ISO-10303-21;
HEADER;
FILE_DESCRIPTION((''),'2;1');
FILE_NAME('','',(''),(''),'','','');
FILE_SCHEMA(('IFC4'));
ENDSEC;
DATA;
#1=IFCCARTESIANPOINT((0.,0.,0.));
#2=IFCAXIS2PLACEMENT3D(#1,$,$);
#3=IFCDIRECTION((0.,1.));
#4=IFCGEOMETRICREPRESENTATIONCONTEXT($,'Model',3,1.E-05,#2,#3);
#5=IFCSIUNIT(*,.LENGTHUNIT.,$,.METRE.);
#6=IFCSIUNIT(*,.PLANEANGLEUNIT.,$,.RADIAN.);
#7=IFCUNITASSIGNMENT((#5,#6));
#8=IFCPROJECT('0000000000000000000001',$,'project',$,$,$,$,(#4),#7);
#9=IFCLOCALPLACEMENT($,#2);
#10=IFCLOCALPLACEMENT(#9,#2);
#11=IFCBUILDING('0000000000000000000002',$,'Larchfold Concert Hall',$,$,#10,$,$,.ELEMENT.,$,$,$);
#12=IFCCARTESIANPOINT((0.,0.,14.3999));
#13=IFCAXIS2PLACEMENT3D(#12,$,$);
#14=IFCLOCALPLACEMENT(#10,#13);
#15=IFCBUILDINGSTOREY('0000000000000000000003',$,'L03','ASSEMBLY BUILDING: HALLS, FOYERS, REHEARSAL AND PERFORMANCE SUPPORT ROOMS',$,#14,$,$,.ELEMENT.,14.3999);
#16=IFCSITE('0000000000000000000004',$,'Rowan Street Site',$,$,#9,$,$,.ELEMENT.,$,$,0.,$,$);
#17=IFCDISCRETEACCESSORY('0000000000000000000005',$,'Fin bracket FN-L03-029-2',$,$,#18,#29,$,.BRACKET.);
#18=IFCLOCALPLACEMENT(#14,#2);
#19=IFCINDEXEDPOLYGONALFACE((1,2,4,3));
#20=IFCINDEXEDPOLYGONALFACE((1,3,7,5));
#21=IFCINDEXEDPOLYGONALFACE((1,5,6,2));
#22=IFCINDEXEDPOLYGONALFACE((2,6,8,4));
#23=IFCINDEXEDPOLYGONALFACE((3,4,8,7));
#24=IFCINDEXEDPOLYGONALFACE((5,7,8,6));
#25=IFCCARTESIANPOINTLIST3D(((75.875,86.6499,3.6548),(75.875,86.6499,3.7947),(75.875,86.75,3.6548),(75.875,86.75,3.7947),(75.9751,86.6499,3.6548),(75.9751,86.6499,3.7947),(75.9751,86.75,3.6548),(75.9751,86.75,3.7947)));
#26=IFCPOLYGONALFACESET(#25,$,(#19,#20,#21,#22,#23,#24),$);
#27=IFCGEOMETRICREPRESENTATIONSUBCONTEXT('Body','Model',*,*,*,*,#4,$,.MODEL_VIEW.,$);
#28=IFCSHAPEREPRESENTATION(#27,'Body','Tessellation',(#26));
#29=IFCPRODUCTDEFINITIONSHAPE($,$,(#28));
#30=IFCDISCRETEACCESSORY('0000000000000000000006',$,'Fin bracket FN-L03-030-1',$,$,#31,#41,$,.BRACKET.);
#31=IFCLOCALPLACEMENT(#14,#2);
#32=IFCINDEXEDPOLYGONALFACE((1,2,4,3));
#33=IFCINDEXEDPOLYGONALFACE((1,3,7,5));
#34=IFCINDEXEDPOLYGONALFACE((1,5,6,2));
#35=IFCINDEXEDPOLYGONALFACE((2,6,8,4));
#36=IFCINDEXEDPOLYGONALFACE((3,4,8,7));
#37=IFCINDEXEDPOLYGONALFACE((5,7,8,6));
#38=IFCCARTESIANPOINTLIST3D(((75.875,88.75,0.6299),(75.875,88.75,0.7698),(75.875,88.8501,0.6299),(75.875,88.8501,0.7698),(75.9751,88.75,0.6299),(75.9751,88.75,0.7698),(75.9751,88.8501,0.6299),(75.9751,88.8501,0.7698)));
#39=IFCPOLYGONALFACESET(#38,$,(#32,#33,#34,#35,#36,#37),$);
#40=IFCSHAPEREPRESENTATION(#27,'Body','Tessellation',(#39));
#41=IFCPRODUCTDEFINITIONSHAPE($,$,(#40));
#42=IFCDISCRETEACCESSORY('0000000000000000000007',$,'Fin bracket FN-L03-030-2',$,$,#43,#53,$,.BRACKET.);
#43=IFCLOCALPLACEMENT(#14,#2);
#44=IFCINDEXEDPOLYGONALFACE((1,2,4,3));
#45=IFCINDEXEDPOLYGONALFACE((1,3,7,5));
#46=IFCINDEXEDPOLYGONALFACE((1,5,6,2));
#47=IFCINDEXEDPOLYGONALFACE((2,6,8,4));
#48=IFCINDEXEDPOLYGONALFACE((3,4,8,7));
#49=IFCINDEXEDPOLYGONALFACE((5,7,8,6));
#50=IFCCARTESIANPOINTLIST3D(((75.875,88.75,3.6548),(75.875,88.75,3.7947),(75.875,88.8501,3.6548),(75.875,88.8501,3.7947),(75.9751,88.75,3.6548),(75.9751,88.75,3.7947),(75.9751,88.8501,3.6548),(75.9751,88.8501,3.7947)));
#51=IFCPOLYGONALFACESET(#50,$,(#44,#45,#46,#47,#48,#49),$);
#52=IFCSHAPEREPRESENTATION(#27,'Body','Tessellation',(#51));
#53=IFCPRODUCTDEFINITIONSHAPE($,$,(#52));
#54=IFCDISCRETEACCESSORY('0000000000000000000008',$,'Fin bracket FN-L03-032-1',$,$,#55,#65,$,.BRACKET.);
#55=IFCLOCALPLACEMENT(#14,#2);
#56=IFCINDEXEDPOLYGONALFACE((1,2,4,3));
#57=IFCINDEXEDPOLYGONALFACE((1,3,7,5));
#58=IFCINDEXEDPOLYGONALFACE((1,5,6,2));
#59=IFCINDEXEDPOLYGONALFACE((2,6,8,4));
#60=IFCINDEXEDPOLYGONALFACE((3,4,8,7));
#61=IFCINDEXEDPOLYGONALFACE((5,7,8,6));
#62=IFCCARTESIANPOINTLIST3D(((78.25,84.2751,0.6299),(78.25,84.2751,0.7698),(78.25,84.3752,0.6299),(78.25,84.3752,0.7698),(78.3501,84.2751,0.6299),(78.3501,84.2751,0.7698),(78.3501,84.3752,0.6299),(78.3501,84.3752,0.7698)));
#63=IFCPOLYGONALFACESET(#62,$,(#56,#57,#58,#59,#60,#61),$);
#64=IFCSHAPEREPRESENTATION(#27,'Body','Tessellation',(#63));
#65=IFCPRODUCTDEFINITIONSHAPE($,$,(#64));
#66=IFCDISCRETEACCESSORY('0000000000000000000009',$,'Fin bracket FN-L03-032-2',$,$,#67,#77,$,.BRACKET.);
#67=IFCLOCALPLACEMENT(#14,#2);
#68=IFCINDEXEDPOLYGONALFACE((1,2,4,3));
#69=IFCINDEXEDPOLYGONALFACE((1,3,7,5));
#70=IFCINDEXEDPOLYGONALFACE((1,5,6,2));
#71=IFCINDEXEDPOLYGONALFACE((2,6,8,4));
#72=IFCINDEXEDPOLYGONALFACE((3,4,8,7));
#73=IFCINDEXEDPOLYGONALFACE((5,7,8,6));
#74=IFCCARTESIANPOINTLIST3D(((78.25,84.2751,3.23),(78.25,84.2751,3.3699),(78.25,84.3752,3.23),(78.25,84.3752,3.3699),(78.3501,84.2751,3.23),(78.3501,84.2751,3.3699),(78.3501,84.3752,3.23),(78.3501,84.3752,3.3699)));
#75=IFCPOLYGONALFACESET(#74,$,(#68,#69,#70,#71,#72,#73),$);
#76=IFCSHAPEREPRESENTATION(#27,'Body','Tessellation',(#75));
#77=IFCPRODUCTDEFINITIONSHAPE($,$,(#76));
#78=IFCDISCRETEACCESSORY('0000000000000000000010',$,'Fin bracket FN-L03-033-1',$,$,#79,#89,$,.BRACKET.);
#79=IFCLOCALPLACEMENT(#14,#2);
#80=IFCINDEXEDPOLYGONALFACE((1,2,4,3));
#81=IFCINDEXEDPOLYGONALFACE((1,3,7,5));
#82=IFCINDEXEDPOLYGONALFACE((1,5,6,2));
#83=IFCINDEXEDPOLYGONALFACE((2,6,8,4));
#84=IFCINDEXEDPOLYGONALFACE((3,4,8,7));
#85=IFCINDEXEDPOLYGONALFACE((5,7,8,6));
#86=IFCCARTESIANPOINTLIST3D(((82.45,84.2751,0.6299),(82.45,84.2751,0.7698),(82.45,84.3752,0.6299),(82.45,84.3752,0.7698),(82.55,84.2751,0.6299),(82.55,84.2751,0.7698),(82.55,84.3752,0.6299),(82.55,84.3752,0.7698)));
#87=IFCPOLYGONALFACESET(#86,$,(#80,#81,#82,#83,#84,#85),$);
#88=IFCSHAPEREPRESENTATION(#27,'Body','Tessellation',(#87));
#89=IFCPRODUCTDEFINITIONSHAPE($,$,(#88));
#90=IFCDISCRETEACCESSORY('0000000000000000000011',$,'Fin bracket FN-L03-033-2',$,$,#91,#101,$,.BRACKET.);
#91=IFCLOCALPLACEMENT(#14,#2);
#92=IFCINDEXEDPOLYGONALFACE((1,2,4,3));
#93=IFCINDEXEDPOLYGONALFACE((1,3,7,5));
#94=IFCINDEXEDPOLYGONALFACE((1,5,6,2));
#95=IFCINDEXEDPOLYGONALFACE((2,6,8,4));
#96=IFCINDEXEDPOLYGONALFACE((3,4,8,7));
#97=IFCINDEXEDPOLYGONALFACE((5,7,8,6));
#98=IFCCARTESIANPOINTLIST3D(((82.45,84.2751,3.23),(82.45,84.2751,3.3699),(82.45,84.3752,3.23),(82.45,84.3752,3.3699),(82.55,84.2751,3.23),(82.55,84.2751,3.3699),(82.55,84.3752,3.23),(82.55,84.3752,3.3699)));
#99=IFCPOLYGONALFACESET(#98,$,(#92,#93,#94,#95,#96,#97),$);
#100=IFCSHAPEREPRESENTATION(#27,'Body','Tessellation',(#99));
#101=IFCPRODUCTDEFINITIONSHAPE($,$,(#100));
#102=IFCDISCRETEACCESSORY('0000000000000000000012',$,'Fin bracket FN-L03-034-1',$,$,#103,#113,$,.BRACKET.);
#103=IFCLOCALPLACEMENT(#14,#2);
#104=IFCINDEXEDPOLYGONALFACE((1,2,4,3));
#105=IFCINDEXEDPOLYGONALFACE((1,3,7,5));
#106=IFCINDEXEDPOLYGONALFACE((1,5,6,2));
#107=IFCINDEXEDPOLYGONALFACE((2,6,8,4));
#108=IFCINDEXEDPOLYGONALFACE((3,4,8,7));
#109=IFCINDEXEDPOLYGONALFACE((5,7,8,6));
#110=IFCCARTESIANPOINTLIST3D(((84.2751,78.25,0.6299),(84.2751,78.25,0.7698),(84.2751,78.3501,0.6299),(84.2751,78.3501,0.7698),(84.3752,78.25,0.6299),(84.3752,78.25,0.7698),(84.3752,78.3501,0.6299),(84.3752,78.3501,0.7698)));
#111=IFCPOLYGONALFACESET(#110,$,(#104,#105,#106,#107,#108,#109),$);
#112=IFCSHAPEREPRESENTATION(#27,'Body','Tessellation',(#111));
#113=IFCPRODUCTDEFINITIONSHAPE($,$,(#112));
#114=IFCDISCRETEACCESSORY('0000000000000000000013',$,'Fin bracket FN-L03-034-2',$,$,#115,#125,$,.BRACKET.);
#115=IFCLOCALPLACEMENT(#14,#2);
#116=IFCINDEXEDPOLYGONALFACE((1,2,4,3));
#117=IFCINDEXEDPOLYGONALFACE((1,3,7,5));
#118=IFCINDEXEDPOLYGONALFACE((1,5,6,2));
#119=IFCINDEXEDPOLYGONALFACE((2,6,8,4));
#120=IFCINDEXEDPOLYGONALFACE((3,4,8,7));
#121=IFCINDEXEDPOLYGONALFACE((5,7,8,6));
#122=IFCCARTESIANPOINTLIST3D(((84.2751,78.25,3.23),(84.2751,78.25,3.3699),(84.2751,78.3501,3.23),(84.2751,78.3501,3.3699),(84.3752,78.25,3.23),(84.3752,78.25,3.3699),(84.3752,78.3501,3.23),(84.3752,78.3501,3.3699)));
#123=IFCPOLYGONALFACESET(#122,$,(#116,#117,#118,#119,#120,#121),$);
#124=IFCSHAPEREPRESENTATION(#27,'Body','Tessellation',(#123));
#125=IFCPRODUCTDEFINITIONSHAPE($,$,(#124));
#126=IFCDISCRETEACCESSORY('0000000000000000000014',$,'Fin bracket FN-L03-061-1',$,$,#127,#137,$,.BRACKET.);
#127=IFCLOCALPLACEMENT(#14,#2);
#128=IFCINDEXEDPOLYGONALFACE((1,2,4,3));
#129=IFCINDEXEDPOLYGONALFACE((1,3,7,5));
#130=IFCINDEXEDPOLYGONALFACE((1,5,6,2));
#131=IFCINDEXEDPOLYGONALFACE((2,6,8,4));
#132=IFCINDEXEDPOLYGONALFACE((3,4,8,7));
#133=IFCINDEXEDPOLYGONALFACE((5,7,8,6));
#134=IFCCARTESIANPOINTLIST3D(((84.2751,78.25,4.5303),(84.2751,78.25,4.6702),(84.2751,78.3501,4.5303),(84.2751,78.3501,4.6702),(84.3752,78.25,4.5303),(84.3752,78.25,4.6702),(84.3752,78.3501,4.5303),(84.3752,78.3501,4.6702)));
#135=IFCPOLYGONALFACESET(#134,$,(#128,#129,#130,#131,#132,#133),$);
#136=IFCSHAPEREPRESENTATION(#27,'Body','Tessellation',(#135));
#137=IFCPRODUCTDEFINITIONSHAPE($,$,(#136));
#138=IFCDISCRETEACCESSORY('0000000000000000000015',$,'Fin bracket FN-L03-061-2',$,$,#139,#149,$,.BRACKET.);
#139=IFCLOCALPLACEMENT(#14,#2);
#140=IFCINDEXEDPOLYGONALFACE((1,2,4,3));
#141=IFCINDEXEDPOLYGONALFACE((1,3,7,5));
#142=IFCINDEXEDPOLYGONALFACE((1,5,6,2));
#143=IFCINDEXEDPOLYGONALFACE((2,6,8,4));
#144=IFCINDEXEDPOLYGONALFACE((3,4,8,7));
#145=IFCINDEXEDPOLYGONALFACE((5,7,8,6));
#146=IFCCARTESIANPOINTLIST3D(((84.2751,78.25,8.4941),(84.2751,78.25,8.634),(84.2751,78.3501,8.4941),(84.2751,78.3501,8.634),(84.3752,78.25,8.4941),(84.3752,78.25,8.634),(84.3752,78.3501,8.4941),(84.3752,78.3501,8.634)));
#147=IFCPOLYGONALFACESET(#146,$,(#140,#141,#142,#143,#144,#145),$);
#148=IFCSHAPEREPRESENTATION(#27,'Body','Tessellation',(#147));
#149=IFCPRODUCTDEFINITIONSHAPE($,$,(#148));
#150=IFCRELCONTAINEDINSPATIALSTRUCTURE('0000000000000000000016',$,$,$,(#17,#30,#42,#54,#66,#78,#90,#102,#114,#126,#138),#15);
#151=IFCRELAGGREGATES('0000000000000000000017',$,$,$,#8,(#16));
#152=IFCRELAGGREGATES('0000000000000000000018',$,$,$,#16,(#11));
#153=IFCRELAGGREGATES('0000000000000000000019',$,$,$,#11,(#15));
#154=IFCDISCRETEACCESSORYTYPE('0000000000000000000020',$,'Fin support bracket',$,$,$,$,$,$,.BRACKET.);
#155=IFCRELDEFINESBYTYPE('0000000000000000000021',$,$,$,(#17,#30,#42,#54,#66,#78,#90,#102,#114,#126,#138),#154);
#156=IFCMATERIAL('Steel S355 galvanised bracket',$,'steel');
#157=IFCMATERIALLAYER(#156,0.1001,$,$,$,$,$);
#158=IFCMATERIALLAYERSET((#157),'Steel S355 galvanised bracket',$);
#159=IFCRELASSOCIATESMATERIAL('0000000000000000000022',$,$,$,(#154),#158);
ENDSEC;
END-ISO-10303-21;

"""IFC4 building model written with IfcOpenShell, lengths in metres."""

from ifc_helpers import new_model, si_unit, direction, frame, origin, origin_2d, place, context, subcontext, project, spatial, rectangle, extrude, material, layer, layer_set, type_object, element, save


model = new_model("IFC4")

# Units and contexts
model_context = context("Model", 3, precision=1e-05, world=origin(), true_north=direction((0.0, 1.0)))
body_context = subcontext(model_context, "Body", "Model", "MODEL_VIEW")
ifc_project = project(units=[si_unit("LENGTHUNIT", "METRE"), si_unit("PLANEANGLEUNIT", "RADIAN")], contexts=[model_context])

# Site, building, storey
site_placement = place(None, origin())
site = spatial("IfcSite", under=ifc_project, at=site_placement, Name="Rowan Street Site", CompositionType="ELEMENT", RefElevation=0.0)
building_placement = place(site_placement, origin())
building = spatial("IfcBuilding", under=site, at=building_placement, Name="Larchfold Concert Hall", CompositionType="ELEMENT")
storey_placement = place(building_placement, frame((0.0, 0.0, 14.3999)))
storey = spatial("IfcBuildingStorey", under=building, at=storey_placement, Name="L03", Description="ASSEMBLY BUILDING: HALLS, FOYERS, REHEARSAL AND PERFORMANCE SUPPORT ROOMS", CompositionType="ELEMENT", Elevation=14.3999)

# Discrete accessories
ifc_material_1 = material(Name="Steel S355 galvanised bracket", Category="steel")
ifc_layer_1 = layer(ifc_material_1, 0.1001)
ifc_layer_set_1 = layer_set([ifc_layer_1], Name="Steel S355 galvanised bracket")
discrete_accessory_type = type_object("IfcDiscreteAccessoryType", Name="Fin support bracket", PredefinedType="BRACKET", material=ifc_layer_set_1)
for number, where, z_axis, x_axis, name in (
    (1, (75.925, 86.7, 3.6548), (0.0, 0.0, 1.0), (-1.0, 0.0, 0.0), "Fin bracket FN-L03-029-2"),
    (2, (75.925, 88.8, 0.6299), (0.0, 0.0, 1.0), (-1.0, 0.0, 0.0), "Fin bracket FN-L03-030-1"),
    (3, (75.925, 88.8, 3.6548), (0.0, 0.0, 1.0), (-1.0, 0.0, 0.0), "Fin bracket FN-L03-030-2"),
    (4, (78.3, 84.3252, 0.6299), (0.0, 0.0, 1.0), (0.0, -1.0, 0.0), "Fin bracket FN-L03-032-1"),
    (5, (78.3, 84.3252, 3.23), (0.0, 0.0, 1.0), (0.0, -1.0, 0.0), "Fin bracket FN-L03-032-2"),
    (6, (82.5, 84.3252, 0.6299), (0.0, 0.0, 1.0), (0.0, -1.0, 0.0), "Fin bracket FN-L03-033-1"),
    (7, (82.5, 84.3252, 3.23), (0.0, 0.0, 1.0), (0.0, -1.0, 0.0), "Fin bracket FN-L03-033-2"),
    (8, (84.3252, 78.3, 0.6299), (0.0, 0.0, 1.0), (-1.0, 0.0, 0.0), "Fin bracket FN-L03-034-1"),
    (9, (84.3252, 78.3, 3.23), (0.0, 0.0, 1.0), (-1.0, 0.0, 0.0), "Fin bracket FN-L03-034-2"),
    (10, (84.3252, 78.3, 4.5303), (0.0, 0.0, 1.0), (-1.0, 0.0, 0.0), "Fin bracket FN-L03-061-1"),
    (11, (84.3252, 78.3, 8.4941), (0.0, 0.0, 1.0), (-1.0, 0.0, 0.0), "Fin bracket FN-L03-061-2"),
):
    element("IfcDiscreteAccessory", number, at=place(storey_placement, frame(where, z_axis=z_axis, x_axis=x_axis)), inside=storey, type_object=discrete_accessory_type, Name=name, PredefinedType="BRACKET", context=body_context, shape_type="SweptSolid", body=[
        extrude(rectangle(XDim=0.1001, YDim=0.1001, at=origin_2d()), origin(), (0.0, 0.0, 1.0), 0.1399),
    ])

save(model, "model.ifc")
